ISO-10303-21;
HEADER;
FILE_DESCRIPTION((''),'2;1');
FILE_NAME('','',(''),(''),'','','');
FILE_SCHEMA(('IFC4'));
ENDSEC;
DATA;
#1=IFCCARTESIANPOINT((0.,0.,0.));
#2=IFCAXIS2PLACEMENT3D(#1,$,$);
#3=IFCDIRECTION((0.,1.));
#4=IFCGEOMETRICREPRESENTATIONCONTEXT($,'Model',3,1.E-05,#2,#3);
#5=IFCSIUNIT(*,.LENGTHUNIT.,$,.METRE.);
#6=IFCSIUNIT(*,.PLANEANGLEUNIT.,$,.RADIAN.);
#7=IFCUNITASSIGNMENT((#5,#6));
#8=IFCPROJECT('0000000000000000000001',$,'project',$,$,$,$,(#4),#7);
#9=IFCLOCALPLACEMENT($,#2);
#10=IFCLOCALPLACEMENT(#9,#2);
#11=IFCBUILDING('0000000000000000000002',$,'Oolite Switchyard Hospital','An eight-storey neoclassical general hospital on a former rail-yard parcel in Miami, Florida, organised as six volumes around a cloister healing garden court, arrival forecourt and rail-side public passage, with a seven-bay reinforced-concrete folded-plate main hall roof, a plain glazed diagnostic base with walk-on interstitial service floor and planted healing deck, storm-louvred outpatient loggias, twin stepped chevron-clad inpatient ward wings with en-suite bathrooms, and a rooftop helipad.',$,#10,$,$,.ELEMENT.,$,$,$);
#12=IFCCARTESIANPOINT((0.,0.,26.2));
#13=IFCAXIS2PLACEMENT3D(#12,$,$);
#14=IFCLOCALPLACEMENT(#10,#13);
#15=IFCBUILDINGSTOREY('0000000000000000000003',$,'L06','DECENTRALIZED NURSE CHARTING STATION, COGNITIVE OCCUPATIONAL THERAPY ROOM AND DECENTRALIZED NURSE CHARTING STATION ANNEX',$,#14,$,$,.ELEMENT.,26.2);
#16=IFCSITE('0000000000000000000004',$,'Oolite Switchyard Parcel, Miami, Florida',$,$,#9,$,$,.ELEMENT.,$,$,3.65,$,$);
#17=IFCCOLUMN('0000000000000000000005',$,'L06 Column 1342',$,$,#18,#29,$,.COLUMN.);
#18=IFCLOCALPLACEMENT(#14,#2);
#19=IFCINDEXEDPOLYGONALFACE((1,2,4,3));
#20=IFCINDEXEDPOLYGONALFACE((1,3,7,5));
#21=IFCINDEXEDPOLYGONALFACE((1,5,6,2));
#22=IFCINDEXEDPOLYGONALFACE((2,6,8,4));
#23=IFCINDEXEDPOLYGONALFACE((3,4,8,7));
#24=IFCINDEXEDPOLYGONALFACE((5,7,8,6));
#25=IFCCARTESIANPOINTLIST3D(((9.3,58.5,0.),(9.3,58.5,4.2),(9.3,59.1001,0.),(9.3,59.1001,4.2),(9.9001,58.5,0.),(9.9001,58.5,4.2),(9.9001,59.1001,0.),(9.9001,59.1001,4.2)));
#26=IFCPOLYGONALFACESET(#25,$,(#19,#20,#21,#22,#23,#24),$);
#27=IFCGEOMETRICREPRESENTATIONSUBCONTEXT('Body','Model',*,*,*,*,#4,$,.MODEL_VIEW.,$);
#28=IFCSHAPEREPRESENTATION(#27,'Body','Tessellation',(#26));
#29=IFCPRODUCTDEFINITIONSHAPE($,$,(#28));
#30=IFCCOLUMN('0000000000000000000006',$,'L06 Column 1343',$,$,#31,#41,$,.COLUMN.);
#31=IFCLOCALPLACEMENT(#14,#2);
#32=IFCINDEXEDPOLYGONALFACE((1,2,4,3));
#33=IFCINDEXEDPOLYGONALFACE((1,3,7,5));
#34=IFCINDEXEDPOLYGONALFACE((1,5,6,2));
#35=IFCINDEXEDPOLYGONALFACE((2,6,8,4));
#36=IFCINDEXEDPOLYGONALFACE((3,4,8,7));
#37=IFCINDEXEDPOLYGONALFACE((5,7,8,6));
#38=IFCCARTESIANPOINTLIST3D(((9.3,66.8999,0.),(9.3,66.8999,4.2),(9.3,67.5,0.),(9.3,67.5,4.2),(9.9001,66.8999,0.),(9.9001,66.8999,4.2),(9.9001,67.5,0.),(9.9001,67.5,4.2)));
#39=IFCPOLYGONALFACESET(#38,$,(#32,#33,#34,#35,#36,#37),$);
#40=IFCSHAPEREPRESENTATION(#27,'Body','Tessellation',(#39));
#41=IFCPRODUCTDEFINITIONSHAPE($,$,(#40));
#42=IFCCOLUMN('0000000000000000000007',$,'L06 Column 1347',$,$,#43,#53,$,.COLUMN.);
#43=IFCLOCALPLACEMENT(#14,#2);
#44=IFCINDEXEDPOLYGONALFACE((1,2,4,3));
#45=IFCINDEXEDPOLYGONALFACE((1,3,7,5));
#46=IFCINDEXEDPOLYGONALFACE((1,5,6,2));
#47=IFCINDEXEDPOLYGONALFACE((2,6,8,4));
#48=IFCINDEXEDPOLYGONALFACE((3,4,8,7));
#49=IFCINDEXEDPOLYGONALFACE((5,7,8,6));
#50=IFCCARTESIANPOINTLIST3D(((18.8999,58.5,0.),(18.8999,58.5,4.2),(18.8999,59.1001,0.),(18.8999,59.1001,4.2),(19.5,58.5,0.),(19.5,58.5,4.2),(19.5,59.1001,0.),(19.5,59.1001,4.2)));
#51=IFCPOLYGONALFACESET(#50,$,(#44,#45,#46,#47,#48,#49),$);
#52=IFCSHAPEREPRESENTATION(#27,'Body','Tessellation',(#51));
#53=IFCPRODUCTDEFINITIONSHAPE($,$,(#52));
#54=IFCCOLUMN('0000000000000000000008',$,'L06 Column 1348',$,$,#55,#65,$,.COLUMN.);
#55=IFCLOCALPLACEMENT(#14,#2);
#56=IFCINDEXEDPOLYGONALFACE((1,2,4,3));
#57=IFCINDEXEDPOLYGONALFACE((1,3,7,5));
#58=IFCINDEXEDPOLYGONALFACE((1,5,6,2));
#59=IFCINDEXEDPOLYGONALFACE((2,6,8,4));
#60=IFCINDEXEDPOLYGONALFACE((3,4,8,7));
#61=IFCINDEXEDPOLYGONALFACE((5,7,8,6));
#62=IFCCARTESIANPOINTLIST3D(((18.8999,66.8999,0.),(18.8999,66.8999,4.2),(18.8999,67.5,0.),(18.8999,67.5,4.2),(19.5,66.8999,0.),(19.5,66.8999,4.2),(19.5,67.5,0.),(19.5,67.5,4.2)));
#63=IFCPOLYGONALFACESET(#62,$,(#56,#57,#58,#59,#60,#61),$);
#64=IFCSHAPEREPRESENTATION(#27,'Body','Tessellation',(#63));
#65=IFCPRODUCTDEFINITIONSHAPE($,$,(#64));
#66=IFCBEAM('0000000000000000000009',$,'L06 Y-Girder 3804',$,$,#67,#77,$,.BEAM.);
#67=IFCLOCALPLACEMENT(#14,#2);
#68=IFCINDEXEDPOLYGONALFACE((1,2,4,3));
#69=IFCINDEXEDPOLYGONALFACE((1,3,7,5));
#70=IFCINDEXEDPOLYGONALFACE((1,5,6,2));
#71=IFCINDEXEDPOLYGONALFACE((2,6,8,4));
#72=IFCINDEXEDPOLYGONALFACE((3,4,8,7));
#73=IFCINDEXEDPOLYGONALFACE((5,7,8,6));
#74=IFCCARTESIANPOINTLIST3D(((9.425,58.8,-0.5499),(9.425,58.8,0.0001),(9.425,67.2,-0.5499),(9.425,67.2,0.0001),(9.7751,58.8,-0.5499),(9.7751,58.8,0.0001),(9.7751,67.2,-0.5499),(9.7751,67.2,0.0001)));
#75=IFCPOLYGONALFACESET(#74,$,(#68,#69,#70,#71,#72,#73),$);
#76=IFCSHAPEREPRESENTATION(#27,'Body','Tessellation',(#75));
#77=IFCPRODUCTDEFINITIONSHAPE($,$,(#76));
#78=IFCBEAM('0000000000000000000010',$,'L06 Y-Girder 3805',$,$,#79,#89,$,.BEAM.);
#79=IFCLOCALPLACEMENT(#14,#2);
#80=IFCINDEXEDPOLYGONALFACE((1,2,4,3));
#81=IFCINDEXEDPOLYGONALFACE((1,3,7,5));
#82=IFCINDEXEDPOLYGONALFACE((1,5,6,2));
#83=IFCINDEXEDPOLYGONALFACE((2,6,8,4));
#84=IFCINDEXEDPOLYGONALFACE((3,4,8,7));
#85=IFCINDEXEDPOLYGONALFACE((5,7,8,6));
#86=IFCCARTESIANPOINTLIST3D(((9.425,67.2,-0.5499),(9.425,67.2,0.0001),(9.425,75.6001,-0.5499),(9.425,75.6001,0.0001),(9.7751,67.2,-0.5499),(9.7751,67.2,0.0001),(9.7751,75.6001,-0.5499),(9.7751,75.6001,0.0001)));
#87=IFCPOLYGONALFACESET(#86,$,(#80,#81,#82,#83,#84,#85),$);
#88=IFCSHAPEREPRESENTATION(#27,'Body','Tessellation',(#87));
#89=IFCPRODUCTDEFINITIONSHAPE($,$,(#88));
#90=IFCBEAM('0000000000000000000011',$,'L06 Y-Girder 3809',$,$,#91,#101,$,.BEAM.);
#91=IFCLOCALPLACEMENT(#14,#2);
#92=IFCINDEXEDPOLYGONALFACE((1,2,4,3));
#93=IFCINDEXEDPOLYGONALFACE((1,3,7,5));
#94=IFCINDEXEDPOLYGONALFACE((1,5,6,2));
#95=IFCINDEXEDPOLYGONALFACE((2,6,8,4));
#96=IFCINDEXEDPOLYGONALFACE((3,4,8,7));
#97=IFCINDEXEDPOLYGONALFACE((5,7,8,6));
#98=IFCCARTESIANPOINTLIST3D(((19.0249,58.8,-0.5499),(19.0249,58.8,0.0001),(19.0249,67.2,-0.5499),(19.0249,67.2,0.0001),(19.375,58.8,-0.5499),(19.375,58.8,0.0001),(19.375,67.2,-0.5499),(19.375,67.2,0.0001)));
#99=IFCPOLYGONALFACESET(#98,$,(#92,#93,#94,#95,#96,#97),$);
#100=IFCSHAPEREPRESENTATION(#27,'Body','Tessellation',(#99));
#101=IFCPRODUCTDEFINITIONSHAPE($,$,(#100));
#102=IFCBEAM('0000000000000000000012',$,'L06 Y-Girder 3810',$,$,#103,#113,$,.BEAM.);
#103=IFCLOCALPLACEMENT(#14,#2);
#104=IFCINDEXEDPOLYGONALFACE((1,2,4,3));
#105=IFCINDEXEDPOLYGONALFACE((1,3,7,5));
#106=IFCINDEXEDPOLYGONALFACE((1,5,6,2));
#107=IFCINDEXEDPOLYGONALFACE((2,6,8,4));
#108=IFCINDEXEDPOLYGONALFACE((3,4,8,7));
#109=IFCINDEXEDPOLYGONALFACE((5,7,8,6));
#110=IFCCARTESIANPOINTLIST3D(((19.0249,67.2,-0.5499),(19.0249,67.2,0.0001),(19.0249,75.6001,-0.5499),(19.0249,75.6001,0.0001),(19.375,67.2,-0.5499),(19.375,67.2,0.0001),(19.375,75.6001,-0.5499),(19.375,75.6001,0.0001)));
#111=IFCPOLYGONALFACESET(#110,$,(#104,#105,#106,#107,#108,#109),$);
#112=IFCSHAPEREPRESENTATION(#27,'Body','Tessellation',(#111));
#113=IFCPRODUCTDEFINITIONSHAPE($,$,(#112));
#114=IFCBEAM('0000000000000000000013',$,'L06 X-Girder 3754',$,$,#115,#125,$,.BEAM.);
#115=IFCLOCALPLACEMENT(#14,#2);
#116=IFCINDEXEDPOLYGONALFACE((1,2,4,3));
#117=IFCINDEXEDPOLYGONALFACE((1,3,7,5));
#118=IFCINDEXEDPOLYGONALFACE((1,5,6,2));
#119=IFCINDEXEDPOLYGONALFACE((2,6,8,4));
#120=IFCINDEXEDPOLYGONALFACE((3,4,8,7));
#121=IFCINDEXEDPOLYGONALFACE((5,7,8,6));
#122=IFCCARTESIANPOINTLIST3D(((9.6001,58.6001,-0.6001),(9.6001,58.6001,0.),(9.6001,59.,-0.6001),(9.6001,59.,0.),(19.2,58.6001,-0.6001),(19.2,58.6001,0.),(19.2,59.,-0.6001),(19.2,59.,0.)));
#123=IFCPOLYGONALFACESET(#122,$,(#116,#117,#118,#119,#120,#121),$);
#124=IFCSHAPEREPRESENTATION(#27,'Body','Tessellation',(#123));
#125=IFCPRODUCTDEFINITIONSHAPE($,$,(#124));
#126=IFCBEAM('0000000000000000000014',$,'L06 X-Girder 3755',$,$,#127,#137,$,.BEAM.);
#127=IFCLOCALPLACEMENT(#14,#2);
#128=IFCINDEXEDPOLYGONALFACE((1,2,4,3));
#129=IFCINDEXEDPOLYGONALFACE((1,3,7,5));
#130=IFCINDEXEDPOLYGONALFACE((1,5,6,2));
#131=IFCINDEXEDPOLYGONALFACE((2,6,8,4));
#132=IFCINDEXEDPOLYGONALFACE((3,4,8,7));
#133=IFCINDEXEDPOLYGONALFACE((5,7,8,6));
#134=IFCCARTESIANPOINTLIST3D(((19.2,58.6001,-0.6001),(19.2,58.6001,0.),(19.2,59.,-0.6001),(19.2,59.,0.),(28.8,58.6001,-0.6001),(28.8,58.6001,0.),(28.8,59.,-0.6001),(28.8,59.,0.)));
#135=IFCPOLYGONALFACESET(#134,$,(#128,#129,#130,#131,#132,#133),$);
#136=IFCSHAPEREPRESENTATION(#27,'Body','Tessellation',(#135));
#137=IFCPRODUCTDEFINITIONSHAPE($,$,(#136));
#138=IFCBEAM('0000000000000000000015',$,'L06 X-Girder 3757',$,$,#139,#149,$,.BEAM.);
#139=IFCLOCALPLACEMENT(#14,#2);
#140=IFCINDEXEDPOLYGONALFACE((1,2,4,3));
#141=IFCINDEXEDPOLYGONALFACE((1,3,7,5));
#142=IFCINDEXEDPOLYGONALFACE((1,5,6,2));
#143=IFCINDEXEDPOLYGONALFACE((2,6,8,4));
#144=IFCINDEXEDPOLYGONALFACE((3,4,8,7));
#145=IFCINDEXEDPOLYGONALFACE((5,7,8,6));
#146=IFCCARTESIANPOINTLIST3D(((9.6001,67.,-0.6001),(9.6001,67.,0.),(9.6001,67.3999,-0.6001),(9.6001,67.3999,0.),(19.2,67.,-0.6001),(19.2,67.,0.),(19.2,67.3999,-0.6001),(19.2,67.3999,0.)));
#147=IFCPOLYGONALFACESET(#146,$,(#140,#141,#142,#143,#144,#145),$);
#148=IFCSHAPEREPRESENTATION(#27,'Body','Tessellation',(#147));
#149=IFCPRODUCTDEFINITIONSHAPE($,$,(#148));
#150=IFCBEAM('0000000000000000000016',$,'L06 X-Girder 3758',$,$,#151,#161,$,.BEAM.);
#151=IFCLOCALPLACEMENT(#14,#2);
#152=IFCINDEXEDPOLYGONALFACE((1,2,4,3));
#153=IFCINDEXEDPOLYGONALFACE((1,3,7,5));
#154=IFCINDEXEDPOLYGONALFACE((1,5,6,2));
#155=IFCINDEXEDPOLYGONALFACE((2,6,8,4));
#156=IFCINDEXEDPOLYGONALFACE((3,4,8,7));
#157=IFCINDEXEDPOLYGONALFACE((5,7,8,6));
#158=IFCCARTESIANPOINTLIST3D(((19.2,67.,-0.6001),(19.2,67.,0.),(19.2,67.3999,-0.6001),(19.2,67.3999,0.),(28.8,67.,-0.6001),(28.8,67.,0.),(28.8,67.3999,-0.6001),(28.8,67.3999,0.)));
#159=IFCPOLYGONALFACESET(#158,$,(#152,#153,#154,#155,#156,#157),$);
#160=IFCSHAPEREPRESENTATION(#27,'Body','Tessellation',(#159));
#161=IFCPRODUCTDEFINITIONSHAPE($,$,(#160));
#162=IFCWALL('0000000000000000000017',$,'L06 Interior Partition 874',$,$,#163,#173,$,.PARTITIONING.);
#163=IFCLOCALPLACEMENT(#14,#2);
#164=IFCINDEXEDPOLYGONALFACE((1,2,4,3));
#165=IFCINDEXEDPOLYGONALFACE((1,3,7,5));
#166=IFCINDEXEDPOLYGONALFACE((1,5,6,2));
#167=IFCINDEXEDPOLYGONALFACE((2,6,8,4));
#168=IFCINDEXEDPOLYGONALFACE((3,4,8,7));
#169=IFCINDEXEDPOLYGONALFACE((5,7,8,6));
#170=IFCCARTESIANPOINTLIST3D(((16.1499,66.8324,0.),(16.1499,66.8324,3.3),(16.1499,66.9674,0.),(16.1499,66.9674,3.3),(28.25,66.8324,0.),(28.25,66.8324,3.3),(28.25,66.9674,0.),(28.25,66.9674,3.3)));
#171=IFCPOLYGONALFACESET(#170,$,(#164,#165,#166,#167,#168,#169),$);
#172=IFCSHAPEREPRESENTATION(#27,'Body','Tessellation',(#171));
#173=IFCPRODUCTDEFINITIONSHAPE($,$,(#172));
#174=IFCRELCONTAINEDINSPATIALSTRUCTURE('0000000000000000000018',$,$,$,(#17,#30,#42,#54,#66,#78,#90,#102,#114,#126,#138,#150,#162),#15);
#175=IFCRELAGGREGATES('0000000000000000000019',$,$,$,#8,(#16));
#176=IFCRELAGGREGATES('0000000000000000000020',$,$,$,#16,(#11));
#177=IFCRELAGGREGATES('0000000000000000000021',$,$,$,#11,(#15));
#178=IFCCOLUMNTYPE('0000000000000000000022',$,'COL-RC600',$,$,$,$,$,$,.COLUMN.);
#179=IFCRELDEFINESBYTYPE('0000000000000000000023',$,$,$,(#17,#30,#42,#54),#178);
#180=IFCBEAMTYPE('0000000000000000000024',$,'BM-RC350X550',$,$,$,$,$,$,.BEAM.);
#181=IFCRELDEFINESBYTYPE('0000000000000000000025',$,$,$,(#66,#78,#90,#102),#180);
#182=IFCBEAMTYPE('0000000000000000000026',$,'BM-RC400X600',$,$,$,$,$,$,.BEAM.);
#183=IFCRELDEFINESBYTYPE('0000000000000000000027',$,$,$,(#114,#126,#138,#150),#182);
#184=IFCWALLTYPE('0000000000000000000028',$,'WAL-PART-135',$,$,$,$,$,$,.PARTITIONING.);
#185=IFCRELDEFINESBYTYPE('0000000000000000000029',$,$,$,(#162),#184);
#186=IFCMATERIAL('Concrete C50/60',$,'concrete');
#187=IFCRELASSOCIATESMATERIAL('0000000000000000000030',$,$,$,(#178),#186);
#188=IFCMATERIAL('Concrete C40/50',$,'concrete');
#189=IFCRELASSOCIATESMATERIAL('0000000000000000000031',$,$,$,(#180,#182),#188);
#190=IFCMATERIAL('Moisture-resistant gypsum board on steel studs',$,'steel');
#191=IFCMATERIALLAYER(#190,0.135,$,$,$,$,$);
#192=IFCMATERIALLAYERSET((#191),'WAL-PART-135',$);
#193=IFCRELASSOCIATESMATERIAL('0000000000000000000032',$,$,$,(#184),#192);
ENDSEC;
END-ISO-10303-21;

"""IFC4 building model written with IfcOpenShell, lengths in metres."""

from ifc_helpers import new_model, si_unit, direction, frame, frame_2d, origin, origin_2d, place, context, subcontext, project, spatial, rectangle, extrude, material, layer, layer_set, material_profile, profile_set, type_object, element, save


model = new_model("IFC4")

# Units and contexts
model_context = context("Model", 3, precision=1e-05, world=origin(), true_north=direction((0.0, 1.0)))
body_context = subcontext(model_context, "Body", "Model", "MODEL_VIEW")
ifc_project = project(units=[si_unit("LENGTHUNIT", "METRE"), si_unit("PLANEANGLEUNIT", "RADIAN")], contexts=[model_context])

# Site, building, storey
site_placement = place(None, origin())
site = spatial("IfcSite", under=ifc_project, at=site_placement, Name="Oolite Switchyard Parcel, Miami, Florida", CompositionType="ELEMENT", RefElevation=3.65)
building_placement = place(site_placement, origin())
building = spatial("IfcBuilding", under=site, at=building_placement, Name="Oolite Switchyard Hospital", Description="An eight-storey neoclassical general hospital on a former rail-yard parcel in Miami, Florida, organised as six volumes around a cloister healing garden court, arrival forecourt and rail-side public passage, with a seven-bay reinforced-concrete folded-plate main hall roof, a plain glazed diagnostic base with walk-on interstitial service floor and planted healing deck, storm-louvred outpatient loggias, twin stepped chevron-clad inpatient ward wings with en-suite bathrooms, and a rooftop helipad.", CompositionType="ELEMENT")
storey_placement = place(building_placement, frame((0.0, 0.0, 26.2)))
storey = spatial("IfcBuildingStorey", under=building, at=storey_placement, Name="L06", Description="DECENTRALIZED NURSE CHARTING STATION, COGNITIVE OCCUPATIONAL THERAPY ROOM AND DECENTRALIZED NURSE CHARTING STATION ANNEX", CompositionType="ELEMENT", Elevation=26.2)

# Columns
ifc_material_1 = material(Name="Concrete C50/60", Category="concrete")
ifc_material_profile_1 = material_profile(ifc_material_1, rectangle(XDim=0.6001, YDim=0.6001, at=origin_2d()), Name="RC600X600")
ifc_profile_set_1 = profile_set([ifc_material_profile_1], Name="Concrete C50/60")
column_type = type_object("IfcColumnType", Name="COL-RC600", PredefinedType="COLUMN", material=ifc_profile_set_1)
for number, where, z_axis, x_axis, name in (
    (1, (9.6001, 58.8, 0.0), (0.0, 0.0, 1.0), (1.0, 0.0, 0.0), "L06 Column 1342"),
    (2, (9.6001, 67.2, 0.0), (0.0, 0.0, 1.0), (1.0, 0.0, 0.0), "L06 Column 1343"),
    (3, (19.2, 58.8, 0.0), (0.0, 0.0, 1.0), (1.0, 0.0, 0.0), "L06 Column 1347"),
    (4, (19.2, 67.2, 0.0), (0.0, 0.0, 1.0), (1.0, 0.0, 0.0), "L06 Column 1348"),
):
    element("IfcColumn", number, at=place(storey_placement, frame(where, z_axis=z_axis, x_axis=x_axis)), inside=storey, type_object=column_type, Name=name, PredefinedType="COLUMN", context=body_context, shape_type="SweptSolid", body=[
        extrude(rectangle(XDim=0.6001, YDim=0.6001, at=origin_2d()), origin(), (0.0, 0.0, 1.0), 4.2),
    ])

# Beams
ifc_material_2 = material(Name="Concrete C40/50", Category="concrete")
ifc_material_profile_2 = material_profile(ifc_material_2, rectangle(XDim=0.3501, YDim=0.55, at=origin_2d()), Name="RCB350X550")
ifc_profile_set_2 = profile_set([ifc_material_profile_2], Name="Concrete C40/50")
beam_type_1 = type_object("IfcBeamType", Name="BM-RC350X550", PredefinedType="BEAM", material=ifc_profile_set_2)
beam_1_placement = place(storey_placement, frame((9.6001, 58.8, -0.2749), z_axis=(0.0, 1.0, 0.0), x_axis=(-1.0, 0.0, 0.0)))
element("IfcBeam", 5, at=beam_1_placement, inside=storey, type_object=beam_type_1, Name="L06 Y-Girder 3804", PredefinedType="BEAM", context=body_context, shape_type="SweptSolid", body=[
    extrude(rectangle(XDim=0.3501, YDim=0.55, at=origin_2d()), origin(), (0.0, 0.0, 1.0), 8.3999),
])
beam_2_placement = place(storey_placement, frame((9.6001, 67.2, -0.2749), z_axis=(0.0, 1.0, 0.0), x_axis=(-1.0, 0.0, 0.0)))
element("IfcBeam", 6, at=beam_2_placement, inside=storey, type_object=beam_type_1, Name="L06 Y-Girder 3805", PredefinedType="BEAM", context=body_context, shape_type="SweptSolid", body=[
    extrude(rectangle(XDim=0.3501, YDim=0.55, at=origin_2d()), origin(), (0.0, 0.0, 1.0), 8.4001),
])
beam_3_placement = place(storey_placement, frame((19.2, 58.8, -0.2749), z_axis=(0.0, 1.0, 0.0), x_axis=(-1.0, 0.0, 0.0)))
element("IfcBeam", 7, at=beam_3_placement, inside=storey, type_object=beam_type_1, Name="L06 Y-Girder 3809", PredefinedType="BEAM", context=body_context, shape_type="SweptSolid", body=[
    extrude(rectangle(XDim=0.3501, YDim=0.55, at=origin_2d()), origin(), (0.0, 0.0, 1.0), 8.3999),
])
beam_4_placement = place(storey_placement, frame((19.2, 67.2, -0.2749), z_axis=(0.0, 1.0, 0.0), x_axis=(-1.0, 0.0, 0.0)))
element("IfcBeam", 8, at=beam_4_placement, inside=storey, type_object=beam_type_1, Name="L06 Y-Girder 3810", PredefinedType="BEAM", context=body_context, shape_type="SweptSolid", body=[
    extrude(rectangle(XDim=0.3501, YDim=0.55, at=origin_2d()), origin(), (0.0, 0.0, 1.0), 8.4001),
])
ifc_material_profile_3 = material_profile(ifc_material_2, rectangle(XDim=0.3999, YDim=0.6001, at=origin_2d()), Name="RCB400X600")
ifc_profile_set_3 = profile_set([ifc_material_profile_3], Name="Concrete C40/50")
beam_type_2 = type_object("IfcBeamType", Name="BM-RC400X600", PredefinedType="BEAM", material=ifc_profile_set_3)
beam_5_placement = place(storey_placement, frame((9.6001, 58.8, -0.3), z_axis=(1.0, 0.0, 0.0), x_axis=(0.0, 1.0, 0.0)))
element("IfcBeam", 9, at=beam_5_placement, inside=storey, type_object=beam_type_2, Name="L06 X-Girder 3754", PredefinedType="BEAM", context=body_context, shape_type="SweptSolid", body=[
    extrude(rectangle(XDim=0.3999, YDim=0.6001, at=origin_2d()), origin(), (0.0, 0.0, 1.0), 9.5999),
])
beam_6_placement = place(storey_placement, frame((19.2, 58.8, -0.3), z_axis=(1.0, 0.0, 0.0), x_axis=(0.0, 1.0, 0.0)))
element("IfcBeam", 10, at=beam_6_placement, inside=storey, type_object=beam_type_2, Name="L06 X-Girder 3755", PredefinedType="BEAM", context=body_context, shape_type="SweptSolid", body=[
    extrude(rectangle(XDim=0.3999, YDim=0.6001, at=origin_2d()), origin(), (0.0, 0.0, 1.0), 9.6001),
])
beam_7_placement = place(storey_placement, frame((9.6001, 67.2, -0.3), z_axis=(1.0, 0.0, 0.0), x_axis=(0.0, 1.0, 0.0)))
element("IfcBeam", 11, at=beam_7_placement, inside=storey, type_object=beam_type_2, Name="L06 X-Girder 3757", PredefinedType="BEAM", context=body_context, shape_type="SweptSolid", body=[
    extrude(rectangle(XDim=0.3999, YDim=0.6001, at=origin_2d()), origin(), (0.0, 0.0, 1.0), 9.5999),
])
beam_8_placement = place(storey_placement, frame((19.2, 67.2, -0.3), z_axis=(1.0, 0.0, 0.0), x_axis=(0.0, 1.0, 0.0)))
element("IfcBeam", 12, at=beam_8_placement, inside=storey, type_object=beam_type_2, Name="L06 X-Girder 3758", PredefinedType="BEAM", context=body_context, shape_type="SweptSolid", body=[
    extrude(rectangle(XDim=0.3999, YDim=0.6001, at=origin_2d()), origin(), (0.0, 0.0, 1.0), 9.6001),
])

# Wall
ifc_material_3 = material(Name="Moisture-resistant gypsum board on steel studs", Category="steel")
ifc_layer_1 = layer(ifc_material_3, 0.135)
ifc_layer_set_1 = layer_set([ifc_layer_1], Name="WAL-PART-135")
wall_type_1 = type_object("IfcWallType", Name="WAL-PART-135", PredefinedType="PARTITIONING", material=ifc_layer_set_1)
wall_1_placement = place(storey_placement, frame((16.1499, 66.8999, 0.0), z_axis=(0.0, 0.0, 1.0), x_axis=(1.0, 0.0, 0.0)))
element("IfcWall", 13, at=wall_1_placement, inside=storey, type_object=wall_type_1, Name="L06 Interior Partition 874", PredefinedType="PARTITIONING", context=body_context, shape_type="SweptSolid", body=[
    extrude(rectangle(XDim=12.1001, YDim=0.135, at=frame_2d((6.05, 0.0))), origin(), (0.0, 0.0, 1.0), 3.3),
])

save(model, "model.ifc")
